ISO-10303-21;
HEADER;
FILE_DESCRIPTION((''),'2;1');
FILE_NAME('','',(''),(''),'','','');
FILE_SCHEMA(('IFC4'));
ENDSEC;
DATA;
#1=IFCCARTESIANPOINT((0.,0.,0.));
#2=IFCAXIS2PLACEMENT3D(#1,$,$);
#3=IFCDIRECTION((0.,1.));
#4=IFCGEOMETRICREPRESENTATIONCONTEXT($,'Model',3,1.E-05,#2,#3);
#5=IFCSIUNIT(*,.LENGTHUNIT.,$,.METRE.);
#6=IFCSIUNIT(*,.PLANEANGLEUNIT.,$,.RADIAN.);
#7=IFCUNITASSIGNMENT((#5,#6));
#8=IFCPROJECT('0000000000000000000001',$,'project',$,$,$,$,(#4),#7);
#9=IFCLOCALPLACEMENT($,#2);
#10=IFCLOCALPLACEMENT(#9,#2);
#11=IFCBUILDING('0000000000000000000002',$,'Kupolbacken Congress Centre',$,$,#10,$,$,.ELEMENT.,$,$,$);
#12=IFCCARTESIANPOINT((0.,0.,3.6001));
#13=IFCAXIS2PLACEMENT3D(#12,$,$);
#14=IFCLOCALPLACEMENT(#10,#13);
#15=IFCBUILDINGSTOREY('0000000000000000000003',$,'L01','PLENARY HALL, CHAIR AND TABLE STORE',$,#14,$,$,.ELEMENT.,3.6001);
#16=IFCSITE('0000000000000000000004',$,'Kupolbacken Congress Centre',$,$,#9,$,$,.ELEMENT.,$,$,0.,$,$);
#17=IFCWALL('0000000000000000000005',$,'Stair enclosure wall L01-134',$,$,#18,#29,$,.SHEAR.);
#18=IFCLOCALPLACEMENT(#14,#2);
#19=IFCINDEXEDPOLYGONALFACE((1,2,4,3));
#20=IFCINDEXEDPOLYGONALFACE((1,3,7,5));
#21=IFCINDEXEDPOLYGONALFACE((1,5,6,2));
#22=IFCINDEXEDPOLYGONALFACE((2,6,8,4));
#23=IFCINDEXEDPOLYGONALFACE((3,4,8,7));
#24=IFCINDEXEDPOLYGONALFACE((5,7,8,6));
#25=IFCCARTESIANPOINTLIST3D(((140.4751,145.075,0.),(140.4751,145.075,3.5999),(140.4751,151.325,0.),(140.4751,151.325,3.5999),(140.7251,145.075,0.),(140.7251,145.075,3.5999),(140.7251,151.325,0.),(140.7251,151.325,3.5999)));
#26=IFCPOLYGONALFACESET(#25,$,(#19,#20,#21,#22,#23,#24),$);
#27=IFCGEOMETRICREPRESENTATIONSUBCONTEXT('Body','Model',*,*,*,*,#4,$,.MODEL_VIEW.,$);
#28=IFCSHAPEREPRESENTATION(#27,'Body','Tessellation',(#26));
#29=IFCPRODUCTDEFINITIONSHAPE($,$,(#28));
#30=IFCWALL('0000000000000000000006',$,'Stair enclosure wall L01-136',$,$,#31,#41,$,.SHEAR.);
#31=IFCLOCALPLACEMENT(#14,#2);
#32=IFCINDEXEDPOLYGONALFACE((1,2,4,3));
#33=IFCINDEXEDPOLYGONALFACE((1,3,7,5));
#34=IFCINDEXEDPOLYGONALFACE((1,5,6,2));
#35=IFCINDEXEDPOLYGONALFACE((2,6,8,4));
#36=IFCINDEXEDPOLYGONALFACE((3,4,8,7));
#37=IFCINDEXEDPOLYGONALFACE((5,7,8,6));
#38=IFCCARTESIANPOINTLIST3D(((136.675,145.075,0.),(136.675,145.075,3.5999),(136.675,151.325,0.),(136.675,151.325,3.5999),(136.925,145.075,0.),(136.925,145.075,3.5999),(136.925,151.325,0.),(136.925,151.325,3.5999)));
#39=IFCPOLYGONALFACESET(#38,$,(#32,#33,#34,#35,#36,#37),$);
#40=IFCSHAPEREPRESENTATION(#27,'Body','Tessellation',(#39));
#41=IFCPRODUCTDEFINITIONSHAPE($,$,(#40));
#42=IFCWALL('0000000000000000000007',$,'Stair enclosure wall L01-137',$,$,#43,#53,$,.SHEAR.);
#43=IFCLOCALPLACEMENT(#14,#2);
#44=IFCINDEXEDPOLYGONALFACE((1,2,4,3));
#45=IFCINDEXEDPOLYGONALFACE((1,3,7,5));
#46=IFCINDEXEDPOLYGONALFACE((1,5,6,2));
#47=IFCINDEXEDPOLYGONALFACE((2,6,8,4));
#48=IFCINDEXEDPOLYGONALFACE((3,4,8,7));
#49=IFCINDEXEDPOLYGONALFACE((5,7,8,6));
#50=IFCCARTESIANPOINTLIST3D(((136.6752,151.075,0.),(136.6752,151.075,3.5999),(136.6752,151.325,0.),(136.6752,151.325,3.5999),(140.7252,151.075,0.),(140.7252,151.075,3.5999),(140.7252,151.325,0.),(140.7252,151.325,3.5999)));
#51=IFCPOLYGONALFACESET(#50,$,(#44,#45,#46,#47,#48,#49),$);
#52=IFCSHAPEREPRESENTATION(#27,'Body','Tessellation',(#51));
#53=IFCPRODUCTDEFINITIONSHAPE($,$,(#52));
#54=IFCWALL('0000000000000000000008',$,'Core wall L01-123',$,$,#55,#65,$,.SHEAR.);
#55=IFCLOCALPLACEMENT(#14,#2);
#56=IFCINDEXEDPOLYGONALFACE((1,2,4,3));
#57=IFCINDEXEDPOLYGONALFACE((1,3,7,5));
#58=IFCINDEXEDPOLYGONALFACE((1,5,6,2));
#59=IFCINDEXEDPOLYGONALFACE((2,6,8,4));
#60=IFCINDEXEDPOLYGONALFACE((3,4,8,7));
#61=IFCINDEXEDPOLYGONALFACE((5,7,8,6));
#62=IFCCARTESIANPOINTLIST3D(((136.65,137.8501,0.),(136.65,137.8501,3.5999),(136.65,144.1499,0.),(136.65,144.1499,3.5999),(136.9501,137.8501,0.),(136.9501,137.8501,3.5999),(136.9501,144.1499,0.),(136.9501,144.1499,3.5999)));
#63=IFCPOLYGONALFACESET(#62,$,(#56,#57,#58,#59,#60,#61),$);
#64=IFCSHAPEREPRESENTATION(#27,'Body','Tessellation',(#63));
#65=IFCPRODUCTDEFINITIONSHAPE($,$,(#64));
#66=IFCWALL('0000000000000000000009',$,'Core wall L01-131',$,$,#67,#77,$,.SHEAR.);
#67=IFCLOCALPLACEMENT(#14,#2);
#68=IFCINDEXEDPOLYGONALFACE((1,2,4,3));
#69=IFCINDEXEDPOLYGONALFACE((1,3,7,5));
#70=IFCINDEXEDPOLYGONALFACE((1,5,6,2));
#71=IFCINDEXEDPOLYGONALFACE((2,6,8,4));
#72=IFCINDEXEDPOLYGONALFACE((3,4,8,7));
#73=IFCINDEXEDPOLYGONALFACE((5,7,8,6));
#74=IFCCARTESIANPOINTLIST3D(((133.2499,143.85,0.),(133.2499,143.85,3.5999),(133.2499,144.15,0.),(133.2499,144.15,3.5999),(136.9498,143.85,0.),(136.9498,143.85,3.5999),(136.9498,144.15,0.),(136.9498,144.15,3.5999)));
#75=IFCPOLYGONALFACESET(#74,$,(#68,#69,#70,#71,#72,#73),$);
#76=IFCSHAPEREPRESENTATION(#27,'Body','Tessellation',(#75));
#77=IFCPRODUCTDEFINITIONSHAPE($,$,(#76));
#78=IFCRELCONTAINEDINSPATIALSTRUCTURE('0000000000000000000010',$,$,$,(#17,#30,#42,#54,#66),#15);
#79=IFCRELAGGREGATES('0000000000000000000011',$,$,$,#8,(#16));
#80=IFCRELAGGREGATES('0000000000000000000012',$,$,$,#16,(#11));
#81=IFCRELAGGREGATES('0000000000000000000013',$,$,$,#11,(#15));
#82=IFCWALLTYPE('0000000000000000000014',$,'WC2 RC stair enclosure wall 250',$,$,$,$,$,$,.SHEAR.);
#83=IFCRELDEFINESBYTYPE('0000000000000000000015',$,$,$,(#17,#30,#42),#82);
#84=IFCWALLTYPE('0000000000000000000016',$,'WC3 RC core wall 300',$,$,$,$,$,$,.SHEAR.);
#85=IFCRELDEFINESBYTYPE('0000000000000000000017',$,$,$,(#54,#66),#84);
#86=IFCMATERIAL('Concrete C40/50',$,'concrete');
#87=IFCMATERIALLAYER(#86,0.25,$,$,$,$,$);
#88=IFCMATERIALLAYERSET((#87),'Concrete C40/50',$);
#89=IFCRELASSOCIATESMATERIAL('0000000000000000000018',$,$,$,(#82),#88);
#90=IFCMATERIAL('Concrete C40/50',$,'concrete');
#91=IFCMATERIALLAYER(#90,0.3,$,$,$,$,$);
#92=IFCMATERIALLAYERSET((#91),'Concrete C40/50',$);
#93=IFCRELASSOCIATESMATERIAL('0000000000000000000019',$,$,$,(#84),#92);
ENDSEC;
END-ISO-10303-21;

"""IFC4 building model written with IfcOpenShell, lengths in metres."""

from ifc_helpers import new_model, si_unit, direction, frame, frame_2d, origin, place, context, subcontext, project, spatial, rectangle, extrude, material, layer, layer_set, type_object, element, save


model = new_model("IFC4")

# Units and contexts
model_context = context("Model", 3, precision=1e-05, world=origin(), true_north=direction((0.0, 1.0)))
body_context = subcontext(model_context, "Body", "Model", "MODEL_VIEW")
ifc_project = project(units=[si_unit("LENGTHUNIT", "METRE"), si_unit("PLANEANGLEUNIT", "RADIAN")], contexts=[model_context])

# Site, building, storey
site_placement = place(None, origin())
site = spatial("IfcSite", under=ifc_project, at=site_placement, Name="Kupolbacken Congress Centre", CompositionType="ELEMENT", RefElevation=0.0)
building_placement = place(site_placement, origin())
building = spatial("IfcBuilding", under=site, at=building_placement, Name="Kupolbacken Congress Centre", CompositionType="ELEMENT")
storey_placement = place(building_placement, frame((0.0, 0.0, 3.6001)))
storey = spatial("IfcBuildingStorey", under=building, at=storey_placement, Name="L01", Description="PLENARY HALL, CHAIR AND TABLE STORE", CompositionType="ELEMENT", Elevation=3.6001)

# Walls
ifc_material_1 = material(Name="Concrete C40/50", Category="concrete")
ifc_layer_1 = layer(ifc_material_1, 0.25)
ifc_layer_set_1 = layer_set([ifc_layer_1], Name="Concrete C40/50")
wall_type_1 = type_object("IfcWallType", Name="WC2 RC stair enclosure wall 250", PredefinedType="SHEAR", material=ifc_layer_set_1)
for number, where, z_axis, x_axis, name in (
    (1, (140.6001, 145.075, 0.0), (0.0, 0.0, 1.0), (0.0, 1.0, 0.0), "Stair enclosure wall L01-134"),
    (2, (136.8, 151.325, 0.0), (0.0, 0.0, 1.0), (0.0, -1.0, 0.0), "Stair enclosure wall L01-136"),
):
    element("IfcWall", number, at=place(storey_placement, frame(where, z_axis=z_axis, x_axis=x_axis)), inside=storey, type_object=wall_type_1, Name=name, PredefinedType="SHEAR", context=body_context, shape_type="SweptSolid", body=[
        extrude(rectangle(XDim=6.25, YDim=0.25, at=frame_2d((3.125, 0.0))), origin(), (0.0, 0.0, 1.0), 3.5999),
    ])
wall_1_placement = place(storey_placement, frame((140.7251, 151.2, 0.0), z_axis=(0.0, 0.0, 1.0), x_axis=(-1.0, 0.0, 0.0)))
element("IfcWall", 3, at=wall_1_placement, inside=storey, type_object=wall_type_1, Name="Stair enclosure wall L01-137", PredefinedType="SHEAR", context=body_context, shape_type="SweptSolid", body=[
    extrude(rectangle(XDim=4.05, YDim=0.25, at=frame_2d((2.0249, 0.0))), origin(), (0.0, 0.0, 1.0), 3.5999),
])
ifc_material_2 = material(Name="Concrete C40/50", Category="concrete")
ifc_layer_2 = layer(ifc_material_2, 0.3)
ifc_layer_set_2 = layer_set([ifc_layer_2], Name="Concrete C40/50")
wall_type_2 = type_object("IfcWallType", Name="WC3 RC core wall 300", PredefinedType="SHEAR", material=ifc_layer_set_2)
wall_2_placement = place(storey_placement, frame((136.8, 137.8501, 0.0), z_axis=(0.0, 0.0, 1.0), x_axis=(0.0, 1.0, 0.0)))
element("IfcWall", 4, at=wall_2_placement, inside=storey, type_object=wall_type_2, Name="Core wall L01-123", PredefinedType="SHEAR", context=body_context, shape_type="SweptSolid", body=[
    extrude(rectangle(XDim=6.2998, YDim=0.3, at=frame_2d((3.1499, 0.0))), origin(), (0.0, 0.0, 1.0), 3.5999),
])
wall_3_placement = place(storey_placement, frame((136.95, 144.0, 0.0), z_axis=(0.0, 0.0, 1.0), x_axis=(-1.0, 0.0, 0.0)))
element("IfcWall", 5, at=wall_3_placement, inside=storey, type_object=wall_type_2, Name="Core wall L01-131", PredefinedType="SHEAR", context=body_context, shape_type="SweptSolid", body=[
    extrude(rectangle(XDim=3.7, YDim=0.3, at=frame_2d((1.8501, 0.0))), origin(), (0.0, 0.0, 1.0), 3.5999),
])

save(model, "model.ifc")
